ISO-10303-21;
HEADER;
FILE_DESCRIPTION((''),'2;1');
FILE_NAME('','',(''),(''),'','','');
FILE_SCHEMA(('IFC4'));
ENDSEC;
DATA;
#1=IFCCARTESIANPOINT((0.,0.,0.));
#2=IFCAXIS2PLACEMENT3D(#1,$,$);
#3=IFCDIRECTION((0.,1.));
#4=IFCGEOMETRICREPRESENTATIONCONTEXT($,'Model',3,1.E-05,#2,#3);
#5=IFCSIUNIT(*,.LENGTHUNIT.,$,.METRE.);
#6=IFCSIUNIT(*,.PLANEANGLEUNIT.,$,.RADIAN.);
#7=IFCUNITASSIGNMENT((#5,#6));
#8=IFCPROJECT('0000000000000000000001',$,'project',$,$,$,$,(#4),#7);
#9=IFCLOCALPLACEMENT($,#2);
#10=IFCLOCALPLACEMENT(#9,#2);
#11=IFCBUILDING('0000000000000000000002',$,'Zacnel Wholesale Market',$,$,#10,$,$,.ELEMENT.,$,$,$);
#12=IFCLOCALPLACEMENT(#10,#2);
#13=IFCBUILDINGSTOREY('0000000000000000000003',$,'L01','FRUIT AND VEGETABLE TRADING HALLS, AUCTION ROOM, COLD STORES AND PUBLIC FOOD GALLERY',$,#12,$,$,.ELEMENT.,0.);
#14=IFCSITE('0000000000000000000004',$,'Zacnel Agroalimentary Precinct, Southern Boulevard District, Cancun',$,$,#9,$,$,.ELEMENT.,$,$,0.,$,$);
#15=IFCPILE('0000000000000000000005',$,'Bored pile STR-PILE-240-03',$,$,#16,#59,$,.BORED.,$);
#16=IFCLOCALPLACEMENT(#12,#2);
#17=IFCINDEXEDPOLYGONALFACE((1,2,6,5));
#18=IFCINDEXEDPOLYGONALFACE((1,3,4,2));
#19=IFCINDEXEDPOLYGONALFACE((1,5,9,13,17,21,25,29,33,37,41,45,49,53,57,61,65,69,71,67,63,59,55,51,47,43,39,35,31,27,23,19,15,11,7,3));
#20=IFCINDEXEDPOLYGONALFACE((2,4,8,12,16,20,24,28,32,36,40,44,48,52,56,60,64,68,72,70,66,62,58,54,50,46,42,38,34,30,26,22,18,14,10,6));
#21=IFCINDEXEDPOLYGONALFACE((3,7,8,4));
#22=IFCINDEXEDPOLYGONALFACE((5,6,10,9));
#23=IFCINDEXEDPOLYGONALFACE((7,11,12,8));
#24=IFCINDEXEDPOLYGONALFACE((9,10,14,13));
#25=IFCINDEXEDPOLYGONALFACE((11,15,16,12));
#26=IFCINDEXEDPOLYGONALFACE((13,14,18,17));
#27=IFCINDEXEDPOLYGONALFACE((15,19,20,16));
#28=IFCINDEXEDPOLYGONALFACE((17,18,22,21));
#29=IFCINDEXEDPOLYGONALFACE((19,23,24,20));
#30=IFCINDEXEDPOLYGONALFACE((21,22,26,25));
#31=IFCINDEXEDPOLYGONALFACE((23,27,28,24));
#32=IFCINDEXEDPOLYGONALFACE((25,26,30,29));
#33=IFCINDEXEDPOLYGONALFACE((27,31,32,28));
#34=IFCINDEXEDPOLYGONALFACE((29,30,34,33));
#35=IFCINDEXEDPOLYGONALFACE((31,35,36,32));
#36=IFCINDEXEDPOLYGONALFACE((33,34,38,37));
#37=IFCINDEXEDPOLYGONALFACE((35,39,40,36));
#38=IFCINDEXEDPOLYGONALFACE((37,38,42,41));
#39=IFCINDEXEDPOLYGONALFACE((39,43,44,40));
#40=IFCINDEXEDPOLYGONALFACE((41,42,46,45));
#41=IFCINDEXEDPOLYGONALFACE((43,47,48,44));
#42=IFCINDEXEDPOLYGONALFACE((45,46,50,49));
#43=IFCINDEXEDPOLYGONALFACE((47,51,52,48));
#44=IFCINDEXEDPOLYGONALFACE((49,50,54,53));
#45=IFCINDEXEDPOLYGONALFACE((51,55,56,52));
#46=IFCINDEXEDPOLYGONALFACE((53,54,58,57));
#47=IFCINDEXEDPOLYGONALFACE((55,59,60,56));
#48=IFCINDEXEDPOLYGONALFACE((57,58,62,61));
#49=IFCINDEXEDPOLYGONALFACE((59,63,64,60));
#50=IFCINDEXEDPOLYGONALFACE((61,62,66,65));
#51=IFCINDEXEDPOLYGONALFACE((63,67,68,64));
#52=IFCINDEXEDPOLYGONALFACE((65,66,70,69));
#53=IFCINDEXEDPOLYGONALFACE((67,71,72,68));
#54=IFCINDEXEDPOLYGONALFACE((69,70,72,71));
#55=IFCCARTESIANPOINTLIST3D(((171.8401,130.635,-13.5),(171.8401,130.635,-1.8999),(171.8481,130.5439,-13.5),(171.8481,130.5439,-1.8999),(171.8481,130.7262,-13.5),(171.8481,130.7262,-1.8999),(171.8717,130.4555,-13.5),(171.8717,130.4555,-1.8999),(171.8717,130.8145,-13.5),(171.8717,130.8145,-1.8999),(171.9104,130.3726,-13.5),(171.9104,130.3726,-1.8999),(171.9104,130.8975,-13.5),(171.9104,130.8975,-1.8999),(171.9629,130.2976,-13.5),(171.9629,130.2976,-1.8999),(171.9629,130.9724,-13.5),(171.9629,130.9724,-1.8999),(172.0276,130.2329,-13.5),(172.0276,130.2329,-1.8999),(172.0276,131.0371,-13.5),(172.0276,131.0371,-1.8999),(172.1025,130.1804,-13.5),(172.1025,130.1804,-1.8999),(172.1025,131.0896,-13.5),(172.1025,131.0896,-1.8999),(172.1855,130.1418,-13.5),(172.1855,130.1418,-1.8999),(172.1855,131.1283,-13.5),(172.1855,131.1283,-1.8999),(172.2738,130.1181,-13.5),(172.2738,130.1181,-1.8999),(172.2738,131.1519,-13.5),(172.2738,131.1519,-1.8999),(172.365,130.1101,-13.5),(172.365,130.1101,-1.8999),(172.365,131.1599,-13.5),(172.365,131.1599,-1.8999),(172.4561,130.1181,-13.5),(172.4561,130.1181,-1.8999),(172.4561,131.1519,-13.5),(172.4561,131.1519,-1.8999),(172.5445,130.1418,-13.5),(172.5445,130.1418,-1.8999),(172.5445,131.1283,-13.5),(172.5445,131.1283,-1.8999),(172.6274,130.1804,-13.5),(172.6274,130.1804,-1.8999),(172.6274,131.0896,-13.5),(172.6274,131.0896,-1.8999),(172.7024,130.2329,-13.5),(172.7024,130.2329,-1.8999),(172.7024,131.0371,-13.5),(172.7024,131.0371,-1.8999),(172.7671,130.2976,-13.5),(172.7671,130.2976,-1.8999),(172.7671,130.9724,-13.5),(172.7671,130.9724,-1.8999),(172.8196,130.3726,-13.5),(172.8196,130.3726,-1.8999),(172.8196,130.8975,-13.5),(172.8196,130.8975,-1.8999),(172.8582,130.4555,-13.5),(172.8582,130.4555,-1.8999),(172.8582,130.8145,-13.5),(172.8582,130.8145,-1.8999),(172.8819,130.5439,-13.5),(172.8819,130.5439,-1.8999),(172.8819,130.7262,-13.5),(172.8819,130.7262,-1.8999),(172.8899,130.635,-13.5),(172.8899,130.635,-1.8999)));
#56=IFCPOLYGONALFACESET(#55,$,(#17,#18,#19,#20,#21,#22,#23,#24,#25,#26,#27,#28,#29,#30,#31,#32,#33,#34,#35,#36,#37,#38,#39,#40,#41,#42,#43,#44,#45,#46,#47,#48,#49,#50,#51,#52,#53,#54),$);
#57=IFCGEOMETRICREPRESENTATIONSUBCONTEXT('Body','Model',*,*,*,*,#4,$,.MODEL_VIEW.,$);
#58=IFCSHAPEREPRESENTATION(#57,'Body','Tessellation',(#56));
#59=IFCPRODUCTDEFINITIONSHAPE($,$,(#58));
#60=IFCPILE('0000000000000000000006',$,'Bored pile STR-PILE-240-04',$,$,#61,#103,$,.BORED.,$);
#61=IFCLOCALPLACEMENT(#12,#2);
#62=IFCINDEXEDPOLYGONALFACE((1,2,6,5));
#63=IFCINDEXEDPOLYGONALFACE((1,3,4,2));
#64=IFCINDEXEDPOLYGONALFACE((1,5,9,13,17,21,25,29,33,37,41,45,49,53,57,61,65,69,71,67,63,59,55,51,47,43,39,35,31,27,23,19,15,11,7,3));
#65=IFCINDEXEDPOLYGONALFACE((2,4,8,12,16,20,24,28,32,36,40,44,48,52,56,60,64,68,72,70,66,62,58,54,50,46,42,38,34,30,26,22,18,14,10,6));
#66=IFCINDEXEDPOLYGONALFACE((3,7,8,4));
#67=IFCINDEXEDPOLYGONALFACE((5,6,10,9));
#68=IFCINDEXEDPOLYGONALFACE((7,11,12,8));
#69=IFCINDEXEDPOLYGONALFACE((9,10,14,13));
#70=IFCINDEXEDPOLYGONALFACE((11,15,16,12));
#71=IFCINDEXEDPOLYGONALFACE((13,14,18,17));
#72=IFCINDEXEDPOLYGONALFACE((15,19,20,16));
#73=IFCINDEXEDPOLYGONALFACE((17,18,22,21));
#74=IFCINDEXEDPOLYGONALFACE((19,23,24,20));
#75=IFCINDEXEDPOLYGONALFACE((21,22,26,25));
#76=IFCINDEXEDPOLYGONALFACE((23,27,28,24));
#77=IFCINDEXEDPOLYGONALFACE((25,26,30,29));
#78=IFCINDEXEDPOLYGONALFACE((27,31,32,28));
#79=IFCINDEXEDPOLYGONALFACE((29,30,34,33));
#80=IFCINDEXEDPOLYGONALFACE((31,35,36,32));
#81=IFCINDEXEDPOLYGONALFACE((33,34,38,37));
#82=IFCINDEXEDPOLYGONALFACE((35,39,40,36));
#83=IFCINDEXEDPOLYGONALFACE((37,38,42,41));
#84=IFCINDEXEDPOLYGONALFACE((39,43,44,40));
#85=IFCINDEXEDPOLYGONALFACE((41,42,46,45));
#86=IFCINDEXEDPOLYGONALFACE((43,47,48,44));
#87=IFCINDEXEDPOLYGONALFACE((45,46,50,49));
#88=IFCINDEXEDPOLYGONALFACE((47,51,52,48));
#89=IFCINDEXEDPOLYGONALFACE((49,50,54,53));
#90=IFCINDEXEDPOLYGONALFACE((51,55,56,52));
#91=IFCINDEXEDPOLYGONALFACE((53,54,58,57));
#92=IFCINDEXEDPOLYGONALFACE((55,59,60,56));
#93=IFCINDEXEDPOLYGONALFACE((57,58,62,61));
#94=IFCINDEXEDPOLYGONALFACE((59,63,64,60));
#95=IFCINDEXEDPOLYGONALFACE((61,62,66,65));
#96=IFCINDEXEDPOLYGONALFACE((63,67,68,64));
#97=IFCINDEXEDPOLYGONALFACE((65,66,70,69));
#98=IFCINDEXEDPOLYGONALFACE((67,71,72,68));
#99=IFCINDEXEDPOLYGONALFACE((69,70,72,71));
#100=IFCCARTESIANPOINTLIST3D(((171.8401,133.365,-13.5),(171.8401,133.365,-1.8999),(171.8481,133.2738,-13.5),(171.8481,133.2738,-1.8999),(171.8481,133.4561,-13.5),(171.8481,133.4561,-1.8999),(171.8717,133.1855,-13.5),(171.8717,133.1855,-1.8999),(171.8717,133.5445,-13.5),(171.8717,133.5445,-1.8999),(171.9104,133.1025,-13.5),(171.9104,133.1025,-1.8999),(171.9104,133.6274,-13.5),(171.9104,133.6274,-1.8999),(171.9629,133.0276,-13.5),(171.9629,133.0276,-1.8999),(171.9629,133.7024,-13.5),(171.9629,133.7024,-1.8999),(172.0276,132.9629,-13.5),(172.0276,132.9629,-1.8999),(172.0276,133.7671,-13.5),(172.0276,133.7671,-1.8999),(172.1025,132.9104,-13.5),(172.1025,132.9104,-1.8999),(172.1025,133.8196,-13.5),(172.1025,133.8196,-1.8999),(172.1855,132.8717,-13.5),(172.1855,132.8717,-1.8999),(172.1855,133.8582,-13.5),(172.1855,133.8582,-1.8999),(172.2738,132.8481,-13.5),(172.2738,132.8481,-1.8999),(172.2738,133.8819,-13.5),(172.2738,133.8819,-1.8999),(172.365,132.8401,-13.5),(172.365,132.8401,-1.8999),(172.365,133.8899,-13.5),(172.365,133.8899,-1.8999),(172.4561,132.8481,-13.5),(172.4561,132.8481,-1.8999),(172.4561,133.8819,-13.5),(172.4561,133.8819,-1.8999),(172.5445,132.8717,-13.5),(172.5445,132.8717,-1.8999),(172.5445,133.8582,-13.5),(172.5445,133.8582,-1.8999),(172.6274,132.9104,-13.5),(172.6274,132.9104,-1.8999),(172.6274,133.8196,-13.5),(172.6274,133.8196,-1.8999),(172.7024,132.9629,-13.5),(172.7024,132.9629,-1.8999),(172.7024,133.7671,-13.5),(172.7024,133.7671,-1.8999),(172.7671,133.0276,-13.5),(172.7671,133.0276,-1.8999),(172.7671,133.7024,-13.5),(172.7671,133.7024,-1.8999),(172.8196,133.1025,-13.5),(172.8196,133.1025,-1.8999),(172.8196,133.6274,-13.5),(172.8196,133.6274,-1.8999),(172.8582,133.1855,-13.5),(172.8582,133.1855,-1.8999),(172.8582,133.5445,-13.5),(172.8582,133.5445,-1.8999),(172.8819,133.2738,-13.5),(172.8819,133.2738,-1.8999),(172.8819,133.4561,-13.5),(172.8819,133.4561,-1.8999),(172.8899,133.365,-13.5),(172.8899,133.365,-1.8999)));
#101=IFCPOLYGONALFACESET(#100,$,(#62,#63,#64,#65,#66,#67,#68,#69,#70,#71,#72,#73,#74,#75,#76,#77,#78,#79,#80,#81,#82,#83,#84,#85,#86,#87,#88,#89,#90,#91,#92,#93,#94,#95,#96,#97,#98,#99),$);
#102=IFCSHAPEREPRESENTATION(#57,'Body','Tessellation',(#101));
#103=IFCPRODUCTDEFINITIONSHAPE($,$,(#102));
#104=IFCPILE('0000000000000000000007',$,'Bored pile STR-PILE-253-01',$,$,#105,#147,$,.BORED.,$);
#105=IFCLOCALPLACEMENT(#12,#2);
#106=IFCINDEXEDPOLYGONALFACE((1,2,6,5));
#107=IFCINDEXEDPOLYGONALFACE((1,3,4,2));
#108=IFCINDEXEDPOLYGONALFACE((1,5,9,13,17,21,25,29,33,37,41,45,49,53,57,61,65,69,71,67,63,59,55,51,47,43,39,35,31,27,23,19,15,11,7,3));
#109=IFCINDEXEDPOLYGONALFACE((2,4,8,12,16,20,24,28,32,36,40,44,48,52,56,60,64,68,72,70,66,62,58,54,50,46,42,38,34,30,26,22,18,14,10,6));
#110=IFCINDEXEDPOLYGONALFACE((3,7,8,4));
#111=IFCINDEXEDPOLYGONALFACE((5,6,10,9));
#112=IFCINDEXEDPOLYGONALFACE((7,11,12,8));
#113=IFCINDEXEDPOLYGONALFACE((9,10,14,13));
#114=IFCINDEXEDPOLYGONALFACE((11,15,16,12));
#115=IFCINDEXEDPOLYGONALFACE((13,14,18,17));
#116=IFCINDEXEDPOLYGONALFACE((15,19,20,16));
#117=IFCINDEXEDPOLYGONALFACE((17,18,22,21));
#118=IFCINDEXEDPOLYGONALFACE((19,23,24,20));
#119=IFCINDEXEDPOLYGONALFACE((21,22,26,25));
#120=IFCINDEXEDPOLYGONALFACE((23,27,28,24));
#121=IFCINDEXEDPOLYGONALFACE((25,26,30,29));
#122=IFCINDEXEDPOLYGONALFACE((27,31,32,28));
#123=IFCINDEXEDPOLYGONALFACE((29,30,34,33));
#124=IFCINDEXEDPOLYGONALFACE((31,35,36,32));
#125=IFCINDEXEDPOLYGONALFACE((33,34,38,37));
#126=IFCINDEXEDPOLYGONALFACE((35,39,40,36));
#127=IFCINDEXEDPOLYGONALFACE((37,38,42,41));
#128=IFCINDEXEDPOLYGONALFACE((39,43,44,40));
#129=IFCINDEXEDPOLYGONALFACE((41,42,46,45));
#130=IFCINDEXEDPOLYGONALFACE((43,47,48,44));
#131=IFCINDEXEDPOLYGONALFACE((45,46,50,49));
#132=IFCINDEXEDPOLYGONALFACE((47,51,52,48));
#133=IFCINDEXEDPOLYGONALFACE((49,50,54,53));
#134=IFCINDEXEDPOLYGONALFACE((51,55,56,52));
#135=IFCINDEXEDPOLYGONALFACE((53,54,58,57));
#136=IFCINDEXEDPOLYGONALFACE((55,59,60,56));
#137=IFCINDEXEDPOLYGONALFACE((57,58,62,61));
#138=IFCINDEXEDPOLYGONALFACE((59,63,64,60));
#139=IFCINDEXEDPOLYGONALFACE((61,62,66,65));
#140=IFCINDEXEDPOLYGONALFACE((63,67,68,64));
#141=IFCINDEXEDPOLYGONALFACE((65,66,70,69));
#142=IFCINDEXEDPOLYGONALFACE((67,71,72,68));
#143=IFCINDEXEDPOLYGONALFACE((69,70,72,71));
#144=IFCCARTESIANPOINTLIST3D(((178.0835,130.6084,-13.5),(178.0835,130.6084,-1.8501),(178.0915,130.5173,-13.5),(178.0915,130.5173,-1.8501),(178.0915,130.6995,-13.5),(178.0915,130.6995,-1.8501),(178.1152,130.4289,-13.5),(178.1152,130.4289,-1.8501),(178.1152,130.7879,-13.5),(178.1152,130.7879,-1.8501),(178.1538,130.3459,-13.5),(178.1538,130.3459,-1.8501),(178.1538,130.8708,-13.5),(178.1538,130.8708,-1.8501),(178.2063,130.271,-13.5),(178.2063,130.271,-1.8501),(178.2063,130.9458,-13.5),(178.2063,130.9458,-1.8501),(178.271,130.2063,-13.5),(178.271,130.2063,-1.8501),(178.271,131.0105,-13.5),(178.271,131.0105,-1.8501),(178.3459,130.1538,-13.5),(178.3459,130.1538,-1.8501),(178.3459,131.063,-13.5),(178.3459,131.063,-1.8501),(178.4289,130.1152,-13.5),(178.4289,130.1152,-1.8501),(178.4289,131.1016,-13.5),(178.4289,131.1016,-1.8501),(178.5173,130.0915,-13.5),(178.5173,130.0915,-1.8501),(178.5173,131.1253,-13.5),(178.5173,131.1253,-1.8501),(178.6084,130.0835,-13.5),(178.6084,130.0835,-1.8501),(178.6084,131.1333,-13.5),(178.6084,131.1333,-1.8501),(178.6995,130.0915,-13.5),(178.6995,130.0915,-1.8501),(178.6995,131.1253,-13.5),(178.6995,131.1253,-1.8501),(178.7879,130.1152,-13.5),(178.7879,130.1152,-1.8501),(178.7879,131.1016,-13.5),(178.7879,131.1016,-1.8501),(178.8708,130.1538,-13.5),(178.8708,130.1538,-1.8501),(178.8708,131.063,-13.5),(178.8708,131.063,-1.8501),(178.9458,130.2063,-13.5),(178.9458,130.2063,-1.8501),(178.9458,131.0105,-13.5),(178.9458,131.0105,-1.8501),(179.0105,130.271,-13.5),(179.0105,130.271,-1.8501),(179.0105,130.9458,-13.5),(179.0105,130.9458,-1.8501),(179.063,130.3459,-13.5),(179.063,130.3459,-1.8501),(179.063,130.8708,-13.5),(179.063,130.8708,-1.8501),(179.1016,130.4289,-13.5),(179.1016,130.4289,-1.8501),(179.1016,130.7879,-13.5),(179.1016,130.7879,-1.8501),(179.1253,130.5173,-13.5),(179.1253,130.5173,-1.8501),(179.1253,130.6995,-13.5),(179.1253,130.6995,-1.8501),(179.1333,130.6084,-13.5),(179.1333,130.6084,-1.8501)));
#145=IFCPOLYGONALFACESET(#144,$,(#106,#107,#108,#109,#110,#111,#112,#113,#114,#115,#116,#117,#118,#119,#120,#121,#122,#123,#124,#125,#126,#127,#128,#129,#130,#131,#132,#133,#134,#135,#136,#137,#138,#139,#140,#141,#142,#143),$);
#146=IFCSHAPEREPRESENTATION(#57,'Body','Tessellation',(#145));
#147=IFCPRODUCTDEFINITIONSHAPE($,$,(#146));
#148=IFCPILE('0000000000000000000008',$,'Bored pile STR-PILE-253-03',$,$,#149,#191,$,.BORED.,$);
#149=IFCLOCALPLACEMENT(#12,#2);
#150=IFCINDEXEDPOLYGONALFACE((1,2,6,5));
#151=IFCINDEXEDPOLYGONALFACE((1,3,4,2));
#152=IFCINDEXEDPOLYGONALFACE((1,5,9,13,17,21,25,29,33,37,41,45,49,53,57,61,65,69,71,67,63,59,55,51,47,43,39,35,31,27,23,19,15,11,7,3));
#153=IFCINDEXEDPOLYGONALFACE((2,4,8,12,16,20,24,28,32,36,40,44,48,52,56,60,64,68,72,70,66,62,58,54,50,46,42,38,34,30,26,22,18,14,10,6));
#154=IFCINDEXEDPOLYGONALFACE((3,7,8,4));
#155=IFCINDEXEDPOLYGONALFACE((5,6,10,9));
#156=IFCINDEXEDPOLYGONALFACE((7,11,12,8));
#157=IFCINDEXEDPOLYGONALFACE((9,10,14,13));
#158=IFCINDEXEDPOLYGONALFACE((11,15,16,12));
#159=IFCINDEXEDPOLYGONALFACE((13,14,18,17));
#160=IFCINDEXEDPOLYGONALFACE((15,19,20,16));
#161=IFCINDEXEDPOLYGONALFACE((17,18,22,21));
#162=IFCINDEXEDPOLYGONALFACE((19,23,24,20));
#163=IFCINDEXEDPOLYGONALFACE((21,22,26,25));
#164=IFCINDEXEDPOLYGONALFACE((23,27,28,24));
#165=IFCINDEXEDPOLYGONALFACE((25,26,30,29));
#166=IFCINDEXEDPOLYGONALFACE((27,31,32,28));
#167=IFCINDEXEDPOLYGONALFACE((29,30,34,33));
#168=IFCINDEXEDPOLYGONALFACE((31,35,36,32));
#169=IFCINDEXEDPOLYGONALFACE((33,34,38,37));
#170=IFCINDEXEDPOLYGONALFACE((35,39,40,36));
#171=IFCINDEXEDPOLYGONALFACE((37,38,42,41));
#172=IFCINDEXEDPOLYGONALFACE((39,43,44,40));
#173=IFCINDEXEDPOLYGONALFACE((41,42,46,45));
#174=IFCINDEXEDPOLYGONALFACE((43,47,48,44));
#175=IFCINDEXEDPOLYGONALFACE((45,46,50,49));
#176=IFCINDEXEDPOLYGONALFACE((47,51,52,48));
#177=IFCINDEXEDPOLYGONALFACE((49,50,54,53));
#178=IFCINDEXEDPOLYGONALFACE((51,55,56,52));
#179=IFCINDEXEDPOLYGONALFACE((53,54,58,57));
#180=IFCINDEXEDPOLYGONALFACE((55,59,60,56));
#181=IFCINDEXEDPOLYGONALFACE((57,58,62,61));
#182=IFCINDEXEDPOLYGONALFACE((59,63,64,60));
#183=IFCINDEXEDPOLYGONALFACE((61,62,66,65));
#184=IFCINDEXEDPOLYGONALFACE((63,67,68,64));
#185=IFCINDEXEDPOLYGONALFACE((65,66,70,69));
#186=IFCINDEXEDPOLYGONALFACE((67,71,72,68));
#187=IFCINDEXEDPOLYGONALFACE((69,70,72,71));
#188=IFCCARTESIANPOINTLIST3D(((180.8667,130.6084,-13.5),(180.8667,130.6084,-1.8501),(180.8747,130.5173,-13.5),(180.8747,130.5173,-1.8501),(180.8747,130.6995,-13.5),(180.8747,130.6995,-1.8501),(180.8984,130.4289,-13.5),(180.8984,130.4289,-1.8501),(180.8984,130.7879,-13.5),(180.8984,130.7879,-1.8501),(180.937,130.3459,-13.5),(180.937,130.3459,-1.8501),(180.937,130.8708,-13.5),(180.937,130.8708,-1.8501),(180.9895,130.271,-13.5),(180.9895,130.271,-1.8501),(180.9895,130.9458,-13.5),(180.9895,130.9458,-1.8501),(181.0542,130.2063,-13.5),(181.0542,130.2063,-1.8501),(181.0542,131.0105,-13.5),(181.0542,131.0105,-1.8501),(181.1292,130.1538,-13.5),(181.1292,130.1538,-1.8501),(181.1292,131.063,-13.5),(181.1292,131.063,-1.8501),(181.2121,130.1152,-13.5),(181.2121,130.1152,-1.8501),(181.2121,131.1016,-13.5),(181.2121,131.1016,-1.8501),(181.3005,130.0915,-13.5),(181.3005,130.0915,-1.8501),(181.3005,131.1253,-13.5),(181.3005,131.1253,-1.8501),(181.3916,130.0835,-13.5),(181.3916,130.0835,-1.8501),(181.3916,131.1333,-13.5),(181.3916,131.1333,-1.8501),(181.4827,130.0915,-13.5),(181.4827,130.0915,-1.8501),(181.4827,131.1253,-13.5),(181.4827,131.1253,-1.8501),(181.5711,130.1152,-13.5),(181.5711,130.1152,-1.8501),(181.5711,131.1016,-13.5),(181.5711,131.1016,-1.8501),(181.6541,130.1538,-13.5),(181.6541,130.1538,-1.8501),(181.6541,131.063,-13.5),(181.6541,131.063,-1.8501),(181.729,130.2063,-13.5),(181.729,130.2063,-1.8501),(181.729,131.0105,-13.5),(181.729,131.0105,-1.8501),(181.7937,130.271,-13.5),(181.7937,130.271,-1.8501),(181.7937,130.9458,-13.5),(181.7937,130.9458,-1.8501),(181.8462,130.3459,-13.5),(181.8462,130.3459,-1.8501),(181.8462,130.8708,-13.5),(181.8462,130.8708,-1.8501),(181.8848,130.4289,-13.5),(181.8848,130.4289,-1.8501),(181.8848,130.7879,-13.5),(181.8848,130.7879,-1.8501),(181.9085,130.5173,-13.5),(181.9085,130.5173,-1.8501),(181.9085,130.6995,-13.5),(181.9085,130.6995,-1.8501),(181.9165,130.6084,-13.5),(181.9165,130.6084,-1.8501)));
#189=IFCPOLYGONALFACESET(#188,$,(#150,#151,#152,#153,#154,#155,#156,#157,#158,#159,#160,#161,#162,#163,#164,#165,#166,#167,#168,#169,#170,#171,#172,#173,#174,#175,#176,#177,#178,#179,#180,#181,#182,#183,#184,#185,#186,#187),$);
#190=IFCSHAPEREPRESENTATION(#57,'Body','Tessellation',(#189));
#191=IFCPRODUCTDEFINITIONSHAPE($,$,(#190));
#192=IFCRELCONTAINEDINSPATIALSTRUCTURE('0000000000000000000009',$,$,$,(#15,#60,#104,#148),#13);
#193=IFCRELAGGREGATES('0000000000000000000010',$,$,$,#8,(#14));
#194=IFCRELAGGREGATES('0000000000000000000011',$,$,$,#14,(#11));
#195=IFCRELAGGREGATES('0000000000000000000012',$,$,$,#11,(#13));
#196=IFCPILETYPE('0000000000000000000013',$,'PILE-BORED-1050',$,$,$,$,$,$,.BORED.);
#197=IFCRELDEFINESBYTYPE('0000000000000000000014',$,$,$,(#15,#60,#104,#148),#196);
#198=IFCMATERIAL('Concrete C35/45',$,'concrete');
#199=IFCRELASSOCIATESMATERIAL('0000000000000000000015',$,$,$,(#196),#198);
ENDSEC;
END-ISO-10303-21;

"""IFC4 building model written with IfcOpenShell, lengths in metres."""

from ifc_helpers import new_model, si_unit, direction, frame, origin, origin_2d, place, context, subcontext, project, spatial, circle, extrude, material, material_profile, profile_set, type_object, element, save


model = new_model("IFC4")

# Units and contexts
model_context = context("Model", 3, precision=1e-05, world=origin(), true_north=direction((0.0, 1.0)))
body_context = subcontext(model_context, "Body", "Model", "MODEL_VIEW")
ifc_project = project(units=[si_unit("LENGTHUNIT", "METRE"), si_unit("PLANEANGLEUNIT", "RADIAN")], contexts=[model_context])

# Site, building, storey
site_placement = place(None, origin())
site = spatial("IfcSite", under=ifc_project, at=site_placement, Name="Zacnel Agroalimentary Precinct, Southern Boulevard District, Cancun", CompositionType="ELEMENT", RefElevation=0.0)
building_placement = place(site_placement, origin())
building = spatial("IfcBuilding", under=site, at=building_placement, Name="Zacnel Wholesale Market", CompositionType="ELEMENT")
storey_placement = place(building_placement, origin())
storey = spatial("IfcBuildingStorey", under=building, at=storey_placement, Name="L01", Description="FRUIT AND VEGETABLE TRADING HALLS, AUCTION ROOM, COLD STORES AND PUBLIC FOOD GALLERY", CompositionType="ELEMENT", Elevation=0.0)

# Piles
ifc_material_1 = material(Name="Concrete C35/45", Category="concrete")
ifc_material_profile_1 = material_profile(ifc_material_1, circle(Radius=0.5249, at=origin_2d()), Name="BORED PILE D1050")
ifc_profile_set_1 = profile_set([ifc_material_profile_1], Name="Concrete C35/45")
pile_type_1 = type_object("IfcPileType", Name="PILE-BORED-1050", PredefinedType="BORED", material=ifc_profile_set_1)
for number, where, z_axis, x_axis, name in (
    (1, (172.365, 130.635, -1.8999), (0.0, 0.0, -1.0), (1.0, 0.0, 0.0), "Bored pile STR-PILE-240-03"),
    (2, (172.365, 133.365, -1.8999), (0.0, 0.0, -1.0), (1.0, 0.0, 0.0), "Bored pile STR-PILE-240-04"),
):
    element("IfcPile", number, at=place(storey_placement, frame(where, z_axis=z_axis, x_axis=x_axis)), inside=storey, type_object=pile_type_1, Name=name, PredefinedType="BORED", context=body_context, shape_type="SweptSolid", body=[
        extrude(circle(Radius=0.5249, at=origin_2d()), origin(), (0.0, 0.0, 1.0), 11.6001),
    ])
for number, where, z_axis, x_axis, name in (
    (3, (178.6084, 130.6084, -1.8501), (0.0, 0.0, -1.0), (1.0, 0.0, 0.0), "Bored pile STR-PILE-253-01"),
    (4, (181.3916, 130.6084, -1.8501), (0.0, 0.0, -1.0), (1.0, 0.0, 0.0), "Bored pile STR-PILE-253-03"),
):
    element("IfcPile", number, at=place(storey_placement, frame(where, z_axis=z_axis, x_axis=x_axis)), inside=storey, type_object=pile_type_1, Name=name, PredefinedType="BORED", context=body_context, shape_type="SweptSolid", body=[
        extrude(circle(Radius=0.5249, at=origin_2d()), origin(), (0.0, 0.0, 1.0), 11.6499),
    ])

save(model, "model.ifc")
